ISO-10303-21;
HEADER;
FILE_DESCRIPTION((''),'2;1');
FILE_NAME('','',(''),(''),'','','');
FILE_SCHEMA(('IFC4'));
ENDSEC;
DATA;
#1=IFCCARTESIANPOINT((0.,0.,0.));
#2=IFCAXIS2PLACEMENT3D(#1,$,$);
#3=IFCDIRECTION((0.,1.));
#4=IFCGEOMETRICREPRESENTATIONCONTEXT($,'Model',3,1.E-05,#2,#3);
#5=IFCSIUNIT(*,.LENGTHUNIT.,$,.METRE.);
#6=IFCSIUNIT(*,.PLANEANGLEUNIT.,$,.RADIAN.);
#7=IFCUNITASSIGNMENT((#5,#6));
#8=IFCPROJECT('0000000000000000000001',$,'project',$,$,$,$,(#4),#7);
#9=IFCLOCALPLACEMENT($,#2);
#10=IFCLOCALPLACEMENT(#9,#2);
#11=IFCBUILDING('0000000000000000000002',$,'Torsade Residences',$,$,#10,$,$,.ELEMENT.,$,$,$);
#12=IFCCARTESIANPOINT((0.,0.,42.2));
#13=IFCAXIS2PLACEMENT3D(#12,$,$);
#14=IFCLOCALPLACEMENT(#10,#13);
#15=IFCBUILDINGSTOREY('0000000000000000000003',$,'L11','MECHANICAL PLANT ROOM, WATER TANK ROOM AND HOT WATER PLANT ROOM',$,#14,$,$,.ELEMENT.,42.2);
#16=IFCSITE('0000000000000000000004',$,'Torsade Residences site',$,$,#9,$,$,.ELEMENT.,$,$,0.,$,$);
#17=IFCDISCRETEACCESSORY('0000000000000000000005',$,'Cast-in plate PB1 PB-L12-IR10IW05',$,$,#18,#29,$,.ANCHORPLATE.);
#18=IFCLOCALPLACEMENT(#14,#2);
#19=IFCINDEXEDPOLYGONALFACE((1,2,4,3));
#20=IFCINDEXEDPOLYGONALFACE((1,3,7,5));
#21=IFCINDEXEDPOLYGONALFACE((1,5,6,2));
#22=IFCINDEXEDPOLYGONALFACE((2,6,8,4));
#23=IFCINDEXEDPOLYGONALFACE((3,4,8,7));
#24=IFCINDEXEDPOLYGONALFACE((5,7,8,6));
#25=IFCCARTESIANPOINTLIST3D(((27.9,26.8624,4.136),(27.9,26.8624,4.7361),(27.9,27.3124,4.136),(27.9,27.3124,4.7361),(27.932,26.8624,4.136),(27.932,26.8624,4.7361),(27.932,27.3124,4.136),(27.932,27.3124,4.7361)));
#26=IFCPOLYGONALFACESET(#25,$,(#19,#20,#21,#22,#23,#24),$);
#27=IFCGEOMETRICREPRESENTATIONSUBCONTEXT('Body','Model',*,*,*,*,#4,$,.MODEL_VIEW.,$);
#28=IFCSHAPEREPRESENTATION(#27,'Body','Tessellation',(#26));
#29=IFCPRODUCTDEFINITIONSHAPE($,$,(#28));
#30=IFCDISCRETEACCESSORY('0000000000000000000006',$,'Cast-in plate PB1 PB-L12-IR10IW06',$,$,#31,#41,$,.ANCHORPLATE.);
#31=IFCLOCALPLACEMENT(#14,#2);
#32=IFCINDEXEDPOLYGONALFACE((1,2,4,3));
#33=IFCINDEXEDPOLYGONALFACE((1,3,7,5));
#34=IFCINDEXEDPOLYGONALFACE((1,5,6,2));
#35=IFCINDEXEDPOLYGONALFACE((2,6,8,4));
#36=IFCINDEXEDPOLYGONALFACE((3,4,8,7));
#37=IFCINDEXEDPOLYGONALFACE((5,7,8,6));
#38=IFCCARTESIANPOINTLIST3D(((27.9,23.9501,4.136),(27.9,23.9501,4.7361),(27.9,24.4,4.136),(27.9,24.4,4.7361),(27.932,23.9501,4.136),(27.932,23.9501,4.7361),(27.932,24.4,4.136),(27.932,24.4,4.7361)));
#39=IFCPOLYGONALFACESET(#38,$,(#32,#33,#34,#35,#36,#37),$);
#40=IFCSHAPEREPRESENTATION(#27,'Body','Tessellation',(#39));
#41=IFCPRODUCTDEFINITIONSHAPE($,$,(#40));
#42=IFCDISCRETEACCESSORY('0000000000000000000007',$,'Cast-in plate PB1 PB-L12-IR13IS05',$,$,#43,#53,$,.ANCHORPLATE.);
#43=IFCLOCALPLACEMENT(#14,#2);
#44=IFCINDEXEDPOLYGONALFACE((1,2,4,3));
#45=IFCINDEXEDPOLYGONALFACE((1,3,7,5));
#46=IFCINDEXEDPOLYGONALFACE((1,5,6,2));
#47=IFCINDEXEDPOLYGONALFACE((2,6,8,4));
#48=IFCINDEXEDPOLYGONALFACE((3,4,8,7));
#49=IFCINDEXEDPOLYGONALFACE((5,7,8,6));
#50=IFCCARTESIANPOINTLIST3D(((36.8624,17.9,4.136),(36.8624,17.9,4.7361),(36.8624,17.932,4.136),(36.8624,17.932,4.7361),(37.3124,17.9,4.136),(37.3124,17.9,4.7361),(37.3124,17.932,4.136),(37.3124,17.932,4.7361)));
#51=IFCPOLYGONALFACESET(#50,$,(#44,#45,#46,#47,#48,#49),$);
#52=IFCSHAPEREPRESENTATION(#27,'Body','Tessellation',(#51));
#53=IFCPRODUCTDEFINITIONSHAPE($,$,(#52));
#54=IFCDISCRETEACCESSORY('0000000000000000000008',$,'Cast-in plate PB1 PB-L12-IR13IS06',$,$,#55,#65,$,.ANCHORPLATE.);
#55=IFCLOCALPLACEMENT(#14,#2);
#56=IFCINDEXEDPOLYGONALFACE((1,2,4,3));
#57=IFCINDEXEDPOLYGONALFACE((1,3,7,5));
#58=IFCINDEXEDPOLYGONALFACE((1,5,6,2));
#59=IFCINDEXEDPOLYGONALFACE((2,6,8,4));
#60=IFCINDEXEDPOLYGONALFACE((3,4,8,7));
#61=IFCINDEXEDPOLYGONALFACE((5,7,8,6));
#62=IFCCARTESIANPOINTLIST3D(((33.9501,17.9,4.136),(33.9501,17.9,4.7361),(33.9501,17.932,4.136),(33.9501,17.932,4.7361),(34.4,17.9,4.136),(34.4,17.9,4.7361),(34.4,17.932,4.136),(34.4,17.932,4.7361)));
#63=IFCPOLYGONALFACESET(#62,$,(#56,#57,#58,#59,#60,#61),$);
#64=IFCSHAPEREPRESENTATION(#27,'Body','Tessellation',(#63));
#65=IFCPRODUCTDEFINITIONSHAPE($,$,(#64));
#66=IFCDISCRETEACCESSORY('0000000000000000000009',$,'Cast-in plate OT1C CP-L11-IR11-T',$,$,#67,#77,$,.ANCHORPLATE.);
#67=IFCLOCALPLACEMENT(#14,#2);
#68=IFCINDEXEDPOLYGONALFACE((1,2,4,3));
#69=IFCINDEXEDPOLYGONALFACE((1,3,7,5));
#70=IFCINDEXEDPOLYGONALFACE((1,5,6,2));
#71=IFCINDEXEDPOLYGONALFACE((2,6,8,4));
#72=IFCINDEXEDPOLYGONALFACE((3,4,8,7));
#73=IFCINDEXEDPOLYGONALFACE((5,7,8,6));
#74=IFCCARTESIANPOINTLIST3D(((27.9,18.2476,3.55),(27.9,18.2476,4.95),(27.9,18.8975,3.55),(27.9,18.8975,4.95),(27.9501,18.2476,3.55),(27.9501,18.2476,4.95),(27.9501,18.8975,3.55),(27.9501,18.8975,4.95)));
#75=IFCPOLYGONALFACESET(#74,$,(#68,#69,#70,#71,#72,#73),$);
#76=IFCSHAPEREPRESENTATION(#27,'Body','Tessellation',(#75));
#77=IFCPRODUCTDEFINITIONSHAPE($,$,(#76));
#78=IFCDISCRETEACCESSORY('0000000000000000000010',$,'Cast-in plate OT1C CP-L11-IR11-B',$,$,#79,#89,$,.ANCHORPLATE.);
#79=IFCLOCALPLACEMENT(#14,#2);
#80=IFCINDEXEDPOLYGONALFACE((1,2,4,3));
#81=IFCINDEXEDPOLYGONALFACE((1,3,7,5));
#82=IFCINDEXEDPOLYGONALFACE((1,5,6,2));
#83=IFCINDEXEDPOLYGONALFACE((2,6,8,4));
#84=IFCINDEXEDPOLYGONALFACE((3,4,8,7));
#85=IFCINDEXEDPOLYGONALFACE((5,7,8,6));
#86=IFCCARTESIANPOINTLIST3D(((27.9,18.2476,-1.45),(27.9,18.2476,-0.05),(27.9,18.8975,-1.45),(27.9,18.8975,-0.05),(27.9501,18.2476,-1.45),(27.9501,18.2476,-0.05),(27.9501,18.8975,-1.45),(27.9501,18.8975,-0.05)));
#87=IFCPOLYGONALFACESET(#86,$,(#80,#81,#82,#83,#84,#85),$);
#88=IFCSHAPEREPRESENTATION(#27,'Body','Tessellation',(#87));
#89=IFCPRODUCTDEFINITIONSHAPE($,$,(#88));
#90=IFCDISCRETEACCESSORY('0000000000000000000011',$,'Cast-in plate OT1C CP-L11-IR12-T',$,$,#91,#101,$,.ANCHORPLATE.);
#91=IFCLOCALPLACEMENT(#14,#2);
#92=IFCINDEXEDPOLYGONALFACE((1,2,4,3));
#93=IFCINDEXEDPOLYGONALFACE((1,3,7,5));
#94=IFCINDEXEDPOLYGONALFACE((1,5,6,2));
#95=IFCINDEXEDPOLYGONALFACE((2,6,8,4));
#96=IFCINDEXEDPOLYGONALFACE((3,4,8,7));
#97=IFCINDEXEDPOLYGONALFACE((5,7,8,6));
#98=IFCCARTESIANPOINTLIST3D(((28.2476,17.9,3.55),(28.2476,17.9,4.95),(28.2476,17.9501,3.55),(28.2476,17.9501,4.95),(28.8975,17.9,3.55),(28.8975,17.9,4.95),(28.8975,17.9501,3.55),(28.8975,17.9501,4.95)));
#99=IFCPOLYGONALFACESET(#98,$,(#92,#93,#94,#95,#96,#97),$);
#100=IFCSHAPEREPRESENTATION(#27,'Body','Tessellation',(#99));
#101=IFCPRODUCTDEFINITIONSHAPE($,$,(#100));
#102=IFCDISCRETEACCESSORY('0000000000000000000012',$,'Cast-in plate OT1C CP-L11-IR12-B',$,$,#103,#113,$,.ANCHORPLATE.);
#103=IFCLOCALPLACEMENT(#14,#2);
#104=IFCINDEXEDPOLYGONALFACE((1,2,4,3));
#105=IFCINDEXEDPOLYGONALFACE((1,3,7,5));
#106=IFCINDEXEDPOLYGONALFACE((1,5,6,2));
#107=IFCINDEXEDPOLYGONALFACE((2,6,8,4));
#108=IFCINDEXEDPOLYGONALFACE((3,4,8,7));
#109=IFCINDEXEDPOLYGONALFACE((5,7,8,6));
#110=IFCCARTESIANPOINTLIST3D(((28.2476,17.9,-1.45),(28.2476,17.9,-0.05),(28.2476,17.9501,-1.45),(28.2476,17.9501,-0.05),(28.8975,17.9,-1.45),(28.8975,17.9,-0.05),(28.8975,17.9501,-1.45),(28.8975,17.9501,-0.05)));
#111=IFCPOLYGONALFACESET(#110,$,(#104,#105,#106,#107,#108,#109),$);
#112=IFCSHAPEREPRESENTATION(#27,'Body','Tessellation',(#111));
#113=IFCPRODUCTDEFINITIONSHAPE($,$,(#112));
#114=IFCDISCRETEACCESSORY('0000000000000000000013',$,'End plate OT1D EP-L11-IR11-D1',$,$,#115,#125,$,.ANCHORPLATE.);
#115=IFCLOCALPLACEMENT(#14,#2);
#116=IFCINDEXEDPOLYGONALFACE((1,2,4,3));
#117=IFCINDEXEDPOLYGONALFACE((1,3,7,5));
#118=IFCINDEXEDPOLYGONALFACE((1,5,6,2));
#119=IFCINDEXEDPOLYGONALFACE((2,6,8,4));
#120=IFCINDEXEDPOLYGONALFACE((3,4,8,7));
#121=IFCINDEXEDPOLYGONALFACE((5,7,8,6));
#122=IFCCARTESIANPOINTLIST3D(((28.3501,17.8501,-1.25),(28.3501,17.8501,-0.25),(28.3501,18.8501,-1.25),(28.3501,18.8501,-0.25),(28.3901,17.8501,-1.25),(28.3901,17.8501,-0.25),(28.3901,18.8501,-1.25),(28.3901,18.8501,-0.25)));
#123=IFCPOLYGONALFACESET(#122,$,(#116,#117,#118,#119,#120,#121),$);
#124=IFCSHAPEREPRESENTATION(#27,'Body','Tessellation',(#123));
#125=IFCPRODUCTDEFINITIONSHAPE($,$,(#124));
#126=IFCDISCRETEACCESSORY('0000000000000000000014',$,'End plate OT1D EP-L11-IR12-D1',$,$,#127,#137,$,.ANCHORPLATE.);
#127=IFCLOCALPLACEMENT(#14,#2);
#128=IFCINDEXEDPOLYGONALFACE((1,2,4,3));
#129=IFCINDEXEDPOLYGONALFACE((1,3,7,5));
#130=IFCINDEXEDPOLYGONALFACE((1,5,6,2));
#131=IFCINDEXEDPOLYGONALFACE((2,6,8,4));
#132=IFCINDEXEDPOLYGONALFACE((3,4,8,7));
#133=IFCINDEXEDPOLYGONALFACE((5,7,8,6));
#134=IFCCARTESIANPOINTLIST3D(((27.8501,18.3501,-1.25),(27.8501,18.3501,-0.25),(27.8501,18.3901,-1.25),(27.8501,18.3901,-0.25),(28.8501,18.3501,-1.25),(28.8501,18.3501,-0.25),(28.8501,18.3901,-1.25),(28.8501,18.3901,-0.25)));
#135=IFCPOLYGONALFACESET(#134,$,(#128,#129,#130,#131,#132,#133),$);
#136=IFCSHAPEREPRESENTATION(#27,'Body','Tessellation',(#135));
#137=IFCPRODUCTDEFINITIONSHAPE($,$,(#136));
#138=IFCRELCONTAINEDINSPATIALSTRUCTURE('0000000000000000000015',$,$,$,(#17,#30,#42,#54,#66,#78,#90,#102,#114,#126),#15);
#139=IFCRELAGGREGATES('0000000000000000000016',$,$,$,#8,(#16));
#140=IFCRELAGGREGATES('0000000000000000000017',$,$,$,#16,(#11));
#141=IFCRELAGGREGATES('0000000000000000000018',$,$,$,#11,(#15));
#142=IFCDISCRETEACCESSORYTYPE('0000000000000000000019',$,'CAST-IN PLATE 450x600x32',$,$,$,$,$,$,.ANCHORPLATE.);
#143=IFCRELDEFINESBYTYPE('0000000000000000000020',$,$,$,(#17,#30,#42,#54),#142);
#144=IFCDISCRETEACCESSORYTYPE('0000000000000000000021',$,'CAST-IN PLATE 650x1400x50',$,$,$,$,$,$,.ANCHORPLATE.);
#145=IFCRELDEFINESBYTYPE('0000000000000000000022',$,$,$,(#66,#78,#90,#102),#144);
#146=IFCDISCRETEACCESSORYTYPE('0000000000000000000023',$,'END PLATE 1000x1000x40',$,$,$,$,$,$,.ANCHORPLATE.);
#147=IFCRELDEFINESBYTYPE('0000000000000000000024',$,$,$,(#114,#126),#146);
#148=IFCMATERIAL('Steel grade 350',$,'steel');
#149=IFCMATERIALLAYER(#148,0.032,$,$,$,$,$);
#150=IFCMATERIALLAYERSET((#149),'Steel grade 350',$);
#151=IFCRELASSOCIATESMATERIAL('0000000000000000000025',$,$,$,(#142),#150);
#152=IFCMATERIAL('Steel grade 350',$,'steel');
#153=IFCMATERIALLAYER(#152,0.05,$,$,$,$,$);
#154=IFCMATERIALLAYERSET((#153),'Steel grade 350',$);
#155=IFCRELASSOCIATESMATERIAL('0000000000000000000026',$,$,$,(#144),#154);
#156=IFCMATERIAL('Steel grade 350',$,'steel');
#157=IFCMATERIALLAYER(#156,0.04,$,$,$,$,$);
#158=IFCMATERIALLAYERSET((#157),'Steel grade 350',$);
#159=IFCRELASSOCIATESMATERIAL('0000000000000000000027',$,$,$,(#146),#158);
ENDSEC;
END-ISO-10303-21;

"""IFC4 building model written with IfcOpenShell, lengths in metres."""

from ifc_helpers import new_model, si_unit, direction, frame, origin, origin_2d, place, context, subcontext, project, spatial, rectangle, extrude, material, layer, layer_set, type_object, element, save


model = new_model("IFC4")

# Units and contexts
model_context = context("Model", 3, precision=1e-05, world=origin(), true_north=direction((0.0, 1.0)))
body_context = subcontext(model_context, "Body", "Model", "MODEL_VIEW")
ifc_project = project(units=[si_unit("LENGTHUNIT", "METRE"), si_unit("PLANEANGLEUNIT", "RADIAN")], contexts=[model_context])

# Site, building, storey
site_placement = place(None, origin())
site = spatial("IfcSite", under=ifc_project, at=site_placement, Name="Torsade Residences site", CompositionType="ELEMENT", RefElevation=0.0)
building_placement = place(site_placement, origin())
building = spatial("IfcBuilding", under=site, at=building_placement, Name="Torsade Residences", CompositionType="ELEMENT")
storey_placement = place(building_placement, frame((0.0, 0.0, 42.2)))
storey = spatial("IfcBuildingStorey", under=building, at=storey_placement, Name="L11", Description="MECHANICAL PLANT ROOM, WATER TANK ROOM AND HOT WATER PLANT ROOM", CompositionType="ELEMENT", Elevation=42.2)

# Discrete accessories
ifc_material_1 = material(Name="Steel grade 350", Category="steel")
ifc_layer_1 = layer(ifc_material_1, 0.032)
ifc_layer_set_1 = layer_set([ifc_layer_1], Name="Steel grade 350")
discrete_accessory_type_1 = type_object("IfcDiscreteAccessoryType", Name="CAST-IN PLATE 450x600x32", PredefinedType="ANCHORPLATE", material=ifc_layer_set_1)
for number, where, z_axis, x_axis, name in (
    (1, (27.916, 27.0874, 4.136), (0.0, 0.0, 1.0), (1.0, 0.0, 0.0), "Cast-in plate PB1 PB-L12-IR10IW05"),
    (2, (27.916, 24.175, 4.136), (0.0, 0.0, 1.0), (1.0, 0.0, 0.0), "Cast-in plate PB1 PB-L12-IR10IW06"),
):
    element("IfcDiscreteAccessory", number, at=place(storey_placement, frame(where, z_axis=z_axis, x_axis=x_axis)), inside=storey, type_object=discrete_accessory_type_1, Name=name, PredefinedType="ANCHORPLATE", context=body_context, shape_type="SweptSolid", body=[
        extrude(rectangle(XDim=0.032, YDim=0.45, at=origin_2d()), origin(), (0.0, 0.0, 1.0), 0.6001),
    ])
for number, where, z_axis, x_axis, name in (
    (3, (37.0874, 17.916, 4.136), (0.0, 0.0, 1.0), (1.0, 0.0, 0.0), "Cast-in plate PB1 PB-L12-IR13IS05"),
    (4, (34.175, 17.916, 4.136), (0.0, 0.0, 1.0), (1.0, 0.0, 0.0), "Cast-in plate PB1 PB-L12-IR13IS06"),
):
    element("IfcDiscreteAccessory", number, at=place(storey_placement, frame(where, z_axis=z_axis, x_axis=x_axis)), inside=storey, type_object=discrete_accessory_type_1, Name=name, PredefinedType="ANCHORPLATE", context=body_context, shape_type="SweptSolid", body=[
        extrude(rectangle(XDim=0.45, YDim=0.032, at=origin_2d()), origin(), (0.0, 0.0, 1.0), 0.6001),
    ])
ifc_material_2 = material(Name="Steel grade 350", Category="steel")
ifc_layer_2 = layer(ifc_material_2, 0.05)
ifc_layer_set_2 = layer_set([ifc_layer_2], Name="Steel grade 350")
discrete_accessory_type_2 = type_object("IfcDiscreteAccessoryType", Name="CAST-IN PLATE 650x1400x50", PredefinedType="ANCHORPLATE", material=ifc_layer_set_2)
for number, where, z_axis, x_axis, name in (
    (5, (27.925, 18.5725, 3.55), (0.0, 0.0, 1.0), (1.0, 0.0, 0.0), "Cast-in plate OT1C CP-L11-IR11-T"),
    (6, (27.925, 18.5725, -1.45), (0.0, 0.0, 1.0), (1.0, 0.0, 0.0), "Cast-in plate OT1C CP-L11-IR11-B"),
):
    element("IfcDiscreteAccessory", number, at=place(storey_placement, frame(where, z_axis=z_axis, x_axis=x_axis)), inside=storey, type_object=discrete_accessory_type_2, Name=name, PredefinedType="ANCHORPLATE", context=body_context, shape_type="SweptSolid", body=[
        extrude(rectangle(XDim=0.05, YDim=0.6499, at=origin_2d()), origin(), (0.0, 0.0, 1.0), 1.3999),
    ])
for number, where, z_axis, x_axis, name in (
    (7, (28.5725, 17.925, 3.55), (0.0, 0.0, 1.0), (1.0, 0.0, 0.0), "Cast-in plate OT1C CP-L11-IR12-T"),
    (8, (28.5725, 17.925, -1.45), (0.0, 0.0, 1.0), (1.0, 0.0, 0.0), "Cast-in plate OT1C CP-L11-IR12-B"),
):
    element("IfcDiscreteAccessory", number, at=place(storey_placement, frame(where, z_axis=z_axis, x_axis=x_axis)), inside=storey, type_object=discrete_accessory_type_2, Name=name, PredefinedType="ANCHORPLATE", context=body_context, shape_type="SweptSolid", body=[
        extrude(rectangle(XDim=0.6499, YDim=0.05, at=origin_2d()), origin(), (0.0, 0.0, 1.0), 1.3999),
    ])
ifc_material_3 = material(Name="Steel grade 350", Category="steel")
ifc_layer_3 = layer(ifc_material_3, 0.04)
ifc_layer_set_3 = layer_set([ifc_layer_3], Name="Steel grade 350")
discrete_accessory_type_3 = type_object("IfcDiscreteAccessoryType", Name="END PLATE 1000x1000x40", PredefinedType="ANCHORPLATE", material=ifc_layer_set_3)
discrete_accessory_1_placement = place(storey_placement, frame((28.3701, 18.3501, -1.25), z_axis=(0.0, 0.0, 1.0), x_axis=(1.0, 0.0, 0.0)))
element("IfcDiscreteAccessory", 9, at=discrete_accessory_1_placement, inside=storey, type_object=discrete_accessory_type_3, Name="End plate OT1D EP-L11-IR11-D1", PredefinedType="ANCHORPLATE", context=body_context, shape_type="SweptSolid", body=[
    extrude(rectangle(XDim=0.04, YDim=1.0, at=origin_2d()), origin(), (0.0, 0.0, 1.0), 1.0),
])
discrete_accessory_2_placement = place(storey_placement, frame((28.3501, 18.3701, -1.25), z_axis=(0.0, 0.0, 1.0), x_axis=(1.0, 0.0, 0.0)))
element("IfcDiscreteAccessory", 10, at=discrete_accessory_2_placement, inside=storey, type_object=discrete_accessory_type_3, Name="End plate OT1D EP-L11-IR12-D1", PredefinedType="ANCHORPLATE", context=body_context, shape_type="SweptSolid", body=[
    extrude(rectangle(XDim=1.0, YDim=0.04, at=origin_2d()), origin(), (0.0, 0.0, 1.0), 1.0),
])

save(model, "model.ifc")
